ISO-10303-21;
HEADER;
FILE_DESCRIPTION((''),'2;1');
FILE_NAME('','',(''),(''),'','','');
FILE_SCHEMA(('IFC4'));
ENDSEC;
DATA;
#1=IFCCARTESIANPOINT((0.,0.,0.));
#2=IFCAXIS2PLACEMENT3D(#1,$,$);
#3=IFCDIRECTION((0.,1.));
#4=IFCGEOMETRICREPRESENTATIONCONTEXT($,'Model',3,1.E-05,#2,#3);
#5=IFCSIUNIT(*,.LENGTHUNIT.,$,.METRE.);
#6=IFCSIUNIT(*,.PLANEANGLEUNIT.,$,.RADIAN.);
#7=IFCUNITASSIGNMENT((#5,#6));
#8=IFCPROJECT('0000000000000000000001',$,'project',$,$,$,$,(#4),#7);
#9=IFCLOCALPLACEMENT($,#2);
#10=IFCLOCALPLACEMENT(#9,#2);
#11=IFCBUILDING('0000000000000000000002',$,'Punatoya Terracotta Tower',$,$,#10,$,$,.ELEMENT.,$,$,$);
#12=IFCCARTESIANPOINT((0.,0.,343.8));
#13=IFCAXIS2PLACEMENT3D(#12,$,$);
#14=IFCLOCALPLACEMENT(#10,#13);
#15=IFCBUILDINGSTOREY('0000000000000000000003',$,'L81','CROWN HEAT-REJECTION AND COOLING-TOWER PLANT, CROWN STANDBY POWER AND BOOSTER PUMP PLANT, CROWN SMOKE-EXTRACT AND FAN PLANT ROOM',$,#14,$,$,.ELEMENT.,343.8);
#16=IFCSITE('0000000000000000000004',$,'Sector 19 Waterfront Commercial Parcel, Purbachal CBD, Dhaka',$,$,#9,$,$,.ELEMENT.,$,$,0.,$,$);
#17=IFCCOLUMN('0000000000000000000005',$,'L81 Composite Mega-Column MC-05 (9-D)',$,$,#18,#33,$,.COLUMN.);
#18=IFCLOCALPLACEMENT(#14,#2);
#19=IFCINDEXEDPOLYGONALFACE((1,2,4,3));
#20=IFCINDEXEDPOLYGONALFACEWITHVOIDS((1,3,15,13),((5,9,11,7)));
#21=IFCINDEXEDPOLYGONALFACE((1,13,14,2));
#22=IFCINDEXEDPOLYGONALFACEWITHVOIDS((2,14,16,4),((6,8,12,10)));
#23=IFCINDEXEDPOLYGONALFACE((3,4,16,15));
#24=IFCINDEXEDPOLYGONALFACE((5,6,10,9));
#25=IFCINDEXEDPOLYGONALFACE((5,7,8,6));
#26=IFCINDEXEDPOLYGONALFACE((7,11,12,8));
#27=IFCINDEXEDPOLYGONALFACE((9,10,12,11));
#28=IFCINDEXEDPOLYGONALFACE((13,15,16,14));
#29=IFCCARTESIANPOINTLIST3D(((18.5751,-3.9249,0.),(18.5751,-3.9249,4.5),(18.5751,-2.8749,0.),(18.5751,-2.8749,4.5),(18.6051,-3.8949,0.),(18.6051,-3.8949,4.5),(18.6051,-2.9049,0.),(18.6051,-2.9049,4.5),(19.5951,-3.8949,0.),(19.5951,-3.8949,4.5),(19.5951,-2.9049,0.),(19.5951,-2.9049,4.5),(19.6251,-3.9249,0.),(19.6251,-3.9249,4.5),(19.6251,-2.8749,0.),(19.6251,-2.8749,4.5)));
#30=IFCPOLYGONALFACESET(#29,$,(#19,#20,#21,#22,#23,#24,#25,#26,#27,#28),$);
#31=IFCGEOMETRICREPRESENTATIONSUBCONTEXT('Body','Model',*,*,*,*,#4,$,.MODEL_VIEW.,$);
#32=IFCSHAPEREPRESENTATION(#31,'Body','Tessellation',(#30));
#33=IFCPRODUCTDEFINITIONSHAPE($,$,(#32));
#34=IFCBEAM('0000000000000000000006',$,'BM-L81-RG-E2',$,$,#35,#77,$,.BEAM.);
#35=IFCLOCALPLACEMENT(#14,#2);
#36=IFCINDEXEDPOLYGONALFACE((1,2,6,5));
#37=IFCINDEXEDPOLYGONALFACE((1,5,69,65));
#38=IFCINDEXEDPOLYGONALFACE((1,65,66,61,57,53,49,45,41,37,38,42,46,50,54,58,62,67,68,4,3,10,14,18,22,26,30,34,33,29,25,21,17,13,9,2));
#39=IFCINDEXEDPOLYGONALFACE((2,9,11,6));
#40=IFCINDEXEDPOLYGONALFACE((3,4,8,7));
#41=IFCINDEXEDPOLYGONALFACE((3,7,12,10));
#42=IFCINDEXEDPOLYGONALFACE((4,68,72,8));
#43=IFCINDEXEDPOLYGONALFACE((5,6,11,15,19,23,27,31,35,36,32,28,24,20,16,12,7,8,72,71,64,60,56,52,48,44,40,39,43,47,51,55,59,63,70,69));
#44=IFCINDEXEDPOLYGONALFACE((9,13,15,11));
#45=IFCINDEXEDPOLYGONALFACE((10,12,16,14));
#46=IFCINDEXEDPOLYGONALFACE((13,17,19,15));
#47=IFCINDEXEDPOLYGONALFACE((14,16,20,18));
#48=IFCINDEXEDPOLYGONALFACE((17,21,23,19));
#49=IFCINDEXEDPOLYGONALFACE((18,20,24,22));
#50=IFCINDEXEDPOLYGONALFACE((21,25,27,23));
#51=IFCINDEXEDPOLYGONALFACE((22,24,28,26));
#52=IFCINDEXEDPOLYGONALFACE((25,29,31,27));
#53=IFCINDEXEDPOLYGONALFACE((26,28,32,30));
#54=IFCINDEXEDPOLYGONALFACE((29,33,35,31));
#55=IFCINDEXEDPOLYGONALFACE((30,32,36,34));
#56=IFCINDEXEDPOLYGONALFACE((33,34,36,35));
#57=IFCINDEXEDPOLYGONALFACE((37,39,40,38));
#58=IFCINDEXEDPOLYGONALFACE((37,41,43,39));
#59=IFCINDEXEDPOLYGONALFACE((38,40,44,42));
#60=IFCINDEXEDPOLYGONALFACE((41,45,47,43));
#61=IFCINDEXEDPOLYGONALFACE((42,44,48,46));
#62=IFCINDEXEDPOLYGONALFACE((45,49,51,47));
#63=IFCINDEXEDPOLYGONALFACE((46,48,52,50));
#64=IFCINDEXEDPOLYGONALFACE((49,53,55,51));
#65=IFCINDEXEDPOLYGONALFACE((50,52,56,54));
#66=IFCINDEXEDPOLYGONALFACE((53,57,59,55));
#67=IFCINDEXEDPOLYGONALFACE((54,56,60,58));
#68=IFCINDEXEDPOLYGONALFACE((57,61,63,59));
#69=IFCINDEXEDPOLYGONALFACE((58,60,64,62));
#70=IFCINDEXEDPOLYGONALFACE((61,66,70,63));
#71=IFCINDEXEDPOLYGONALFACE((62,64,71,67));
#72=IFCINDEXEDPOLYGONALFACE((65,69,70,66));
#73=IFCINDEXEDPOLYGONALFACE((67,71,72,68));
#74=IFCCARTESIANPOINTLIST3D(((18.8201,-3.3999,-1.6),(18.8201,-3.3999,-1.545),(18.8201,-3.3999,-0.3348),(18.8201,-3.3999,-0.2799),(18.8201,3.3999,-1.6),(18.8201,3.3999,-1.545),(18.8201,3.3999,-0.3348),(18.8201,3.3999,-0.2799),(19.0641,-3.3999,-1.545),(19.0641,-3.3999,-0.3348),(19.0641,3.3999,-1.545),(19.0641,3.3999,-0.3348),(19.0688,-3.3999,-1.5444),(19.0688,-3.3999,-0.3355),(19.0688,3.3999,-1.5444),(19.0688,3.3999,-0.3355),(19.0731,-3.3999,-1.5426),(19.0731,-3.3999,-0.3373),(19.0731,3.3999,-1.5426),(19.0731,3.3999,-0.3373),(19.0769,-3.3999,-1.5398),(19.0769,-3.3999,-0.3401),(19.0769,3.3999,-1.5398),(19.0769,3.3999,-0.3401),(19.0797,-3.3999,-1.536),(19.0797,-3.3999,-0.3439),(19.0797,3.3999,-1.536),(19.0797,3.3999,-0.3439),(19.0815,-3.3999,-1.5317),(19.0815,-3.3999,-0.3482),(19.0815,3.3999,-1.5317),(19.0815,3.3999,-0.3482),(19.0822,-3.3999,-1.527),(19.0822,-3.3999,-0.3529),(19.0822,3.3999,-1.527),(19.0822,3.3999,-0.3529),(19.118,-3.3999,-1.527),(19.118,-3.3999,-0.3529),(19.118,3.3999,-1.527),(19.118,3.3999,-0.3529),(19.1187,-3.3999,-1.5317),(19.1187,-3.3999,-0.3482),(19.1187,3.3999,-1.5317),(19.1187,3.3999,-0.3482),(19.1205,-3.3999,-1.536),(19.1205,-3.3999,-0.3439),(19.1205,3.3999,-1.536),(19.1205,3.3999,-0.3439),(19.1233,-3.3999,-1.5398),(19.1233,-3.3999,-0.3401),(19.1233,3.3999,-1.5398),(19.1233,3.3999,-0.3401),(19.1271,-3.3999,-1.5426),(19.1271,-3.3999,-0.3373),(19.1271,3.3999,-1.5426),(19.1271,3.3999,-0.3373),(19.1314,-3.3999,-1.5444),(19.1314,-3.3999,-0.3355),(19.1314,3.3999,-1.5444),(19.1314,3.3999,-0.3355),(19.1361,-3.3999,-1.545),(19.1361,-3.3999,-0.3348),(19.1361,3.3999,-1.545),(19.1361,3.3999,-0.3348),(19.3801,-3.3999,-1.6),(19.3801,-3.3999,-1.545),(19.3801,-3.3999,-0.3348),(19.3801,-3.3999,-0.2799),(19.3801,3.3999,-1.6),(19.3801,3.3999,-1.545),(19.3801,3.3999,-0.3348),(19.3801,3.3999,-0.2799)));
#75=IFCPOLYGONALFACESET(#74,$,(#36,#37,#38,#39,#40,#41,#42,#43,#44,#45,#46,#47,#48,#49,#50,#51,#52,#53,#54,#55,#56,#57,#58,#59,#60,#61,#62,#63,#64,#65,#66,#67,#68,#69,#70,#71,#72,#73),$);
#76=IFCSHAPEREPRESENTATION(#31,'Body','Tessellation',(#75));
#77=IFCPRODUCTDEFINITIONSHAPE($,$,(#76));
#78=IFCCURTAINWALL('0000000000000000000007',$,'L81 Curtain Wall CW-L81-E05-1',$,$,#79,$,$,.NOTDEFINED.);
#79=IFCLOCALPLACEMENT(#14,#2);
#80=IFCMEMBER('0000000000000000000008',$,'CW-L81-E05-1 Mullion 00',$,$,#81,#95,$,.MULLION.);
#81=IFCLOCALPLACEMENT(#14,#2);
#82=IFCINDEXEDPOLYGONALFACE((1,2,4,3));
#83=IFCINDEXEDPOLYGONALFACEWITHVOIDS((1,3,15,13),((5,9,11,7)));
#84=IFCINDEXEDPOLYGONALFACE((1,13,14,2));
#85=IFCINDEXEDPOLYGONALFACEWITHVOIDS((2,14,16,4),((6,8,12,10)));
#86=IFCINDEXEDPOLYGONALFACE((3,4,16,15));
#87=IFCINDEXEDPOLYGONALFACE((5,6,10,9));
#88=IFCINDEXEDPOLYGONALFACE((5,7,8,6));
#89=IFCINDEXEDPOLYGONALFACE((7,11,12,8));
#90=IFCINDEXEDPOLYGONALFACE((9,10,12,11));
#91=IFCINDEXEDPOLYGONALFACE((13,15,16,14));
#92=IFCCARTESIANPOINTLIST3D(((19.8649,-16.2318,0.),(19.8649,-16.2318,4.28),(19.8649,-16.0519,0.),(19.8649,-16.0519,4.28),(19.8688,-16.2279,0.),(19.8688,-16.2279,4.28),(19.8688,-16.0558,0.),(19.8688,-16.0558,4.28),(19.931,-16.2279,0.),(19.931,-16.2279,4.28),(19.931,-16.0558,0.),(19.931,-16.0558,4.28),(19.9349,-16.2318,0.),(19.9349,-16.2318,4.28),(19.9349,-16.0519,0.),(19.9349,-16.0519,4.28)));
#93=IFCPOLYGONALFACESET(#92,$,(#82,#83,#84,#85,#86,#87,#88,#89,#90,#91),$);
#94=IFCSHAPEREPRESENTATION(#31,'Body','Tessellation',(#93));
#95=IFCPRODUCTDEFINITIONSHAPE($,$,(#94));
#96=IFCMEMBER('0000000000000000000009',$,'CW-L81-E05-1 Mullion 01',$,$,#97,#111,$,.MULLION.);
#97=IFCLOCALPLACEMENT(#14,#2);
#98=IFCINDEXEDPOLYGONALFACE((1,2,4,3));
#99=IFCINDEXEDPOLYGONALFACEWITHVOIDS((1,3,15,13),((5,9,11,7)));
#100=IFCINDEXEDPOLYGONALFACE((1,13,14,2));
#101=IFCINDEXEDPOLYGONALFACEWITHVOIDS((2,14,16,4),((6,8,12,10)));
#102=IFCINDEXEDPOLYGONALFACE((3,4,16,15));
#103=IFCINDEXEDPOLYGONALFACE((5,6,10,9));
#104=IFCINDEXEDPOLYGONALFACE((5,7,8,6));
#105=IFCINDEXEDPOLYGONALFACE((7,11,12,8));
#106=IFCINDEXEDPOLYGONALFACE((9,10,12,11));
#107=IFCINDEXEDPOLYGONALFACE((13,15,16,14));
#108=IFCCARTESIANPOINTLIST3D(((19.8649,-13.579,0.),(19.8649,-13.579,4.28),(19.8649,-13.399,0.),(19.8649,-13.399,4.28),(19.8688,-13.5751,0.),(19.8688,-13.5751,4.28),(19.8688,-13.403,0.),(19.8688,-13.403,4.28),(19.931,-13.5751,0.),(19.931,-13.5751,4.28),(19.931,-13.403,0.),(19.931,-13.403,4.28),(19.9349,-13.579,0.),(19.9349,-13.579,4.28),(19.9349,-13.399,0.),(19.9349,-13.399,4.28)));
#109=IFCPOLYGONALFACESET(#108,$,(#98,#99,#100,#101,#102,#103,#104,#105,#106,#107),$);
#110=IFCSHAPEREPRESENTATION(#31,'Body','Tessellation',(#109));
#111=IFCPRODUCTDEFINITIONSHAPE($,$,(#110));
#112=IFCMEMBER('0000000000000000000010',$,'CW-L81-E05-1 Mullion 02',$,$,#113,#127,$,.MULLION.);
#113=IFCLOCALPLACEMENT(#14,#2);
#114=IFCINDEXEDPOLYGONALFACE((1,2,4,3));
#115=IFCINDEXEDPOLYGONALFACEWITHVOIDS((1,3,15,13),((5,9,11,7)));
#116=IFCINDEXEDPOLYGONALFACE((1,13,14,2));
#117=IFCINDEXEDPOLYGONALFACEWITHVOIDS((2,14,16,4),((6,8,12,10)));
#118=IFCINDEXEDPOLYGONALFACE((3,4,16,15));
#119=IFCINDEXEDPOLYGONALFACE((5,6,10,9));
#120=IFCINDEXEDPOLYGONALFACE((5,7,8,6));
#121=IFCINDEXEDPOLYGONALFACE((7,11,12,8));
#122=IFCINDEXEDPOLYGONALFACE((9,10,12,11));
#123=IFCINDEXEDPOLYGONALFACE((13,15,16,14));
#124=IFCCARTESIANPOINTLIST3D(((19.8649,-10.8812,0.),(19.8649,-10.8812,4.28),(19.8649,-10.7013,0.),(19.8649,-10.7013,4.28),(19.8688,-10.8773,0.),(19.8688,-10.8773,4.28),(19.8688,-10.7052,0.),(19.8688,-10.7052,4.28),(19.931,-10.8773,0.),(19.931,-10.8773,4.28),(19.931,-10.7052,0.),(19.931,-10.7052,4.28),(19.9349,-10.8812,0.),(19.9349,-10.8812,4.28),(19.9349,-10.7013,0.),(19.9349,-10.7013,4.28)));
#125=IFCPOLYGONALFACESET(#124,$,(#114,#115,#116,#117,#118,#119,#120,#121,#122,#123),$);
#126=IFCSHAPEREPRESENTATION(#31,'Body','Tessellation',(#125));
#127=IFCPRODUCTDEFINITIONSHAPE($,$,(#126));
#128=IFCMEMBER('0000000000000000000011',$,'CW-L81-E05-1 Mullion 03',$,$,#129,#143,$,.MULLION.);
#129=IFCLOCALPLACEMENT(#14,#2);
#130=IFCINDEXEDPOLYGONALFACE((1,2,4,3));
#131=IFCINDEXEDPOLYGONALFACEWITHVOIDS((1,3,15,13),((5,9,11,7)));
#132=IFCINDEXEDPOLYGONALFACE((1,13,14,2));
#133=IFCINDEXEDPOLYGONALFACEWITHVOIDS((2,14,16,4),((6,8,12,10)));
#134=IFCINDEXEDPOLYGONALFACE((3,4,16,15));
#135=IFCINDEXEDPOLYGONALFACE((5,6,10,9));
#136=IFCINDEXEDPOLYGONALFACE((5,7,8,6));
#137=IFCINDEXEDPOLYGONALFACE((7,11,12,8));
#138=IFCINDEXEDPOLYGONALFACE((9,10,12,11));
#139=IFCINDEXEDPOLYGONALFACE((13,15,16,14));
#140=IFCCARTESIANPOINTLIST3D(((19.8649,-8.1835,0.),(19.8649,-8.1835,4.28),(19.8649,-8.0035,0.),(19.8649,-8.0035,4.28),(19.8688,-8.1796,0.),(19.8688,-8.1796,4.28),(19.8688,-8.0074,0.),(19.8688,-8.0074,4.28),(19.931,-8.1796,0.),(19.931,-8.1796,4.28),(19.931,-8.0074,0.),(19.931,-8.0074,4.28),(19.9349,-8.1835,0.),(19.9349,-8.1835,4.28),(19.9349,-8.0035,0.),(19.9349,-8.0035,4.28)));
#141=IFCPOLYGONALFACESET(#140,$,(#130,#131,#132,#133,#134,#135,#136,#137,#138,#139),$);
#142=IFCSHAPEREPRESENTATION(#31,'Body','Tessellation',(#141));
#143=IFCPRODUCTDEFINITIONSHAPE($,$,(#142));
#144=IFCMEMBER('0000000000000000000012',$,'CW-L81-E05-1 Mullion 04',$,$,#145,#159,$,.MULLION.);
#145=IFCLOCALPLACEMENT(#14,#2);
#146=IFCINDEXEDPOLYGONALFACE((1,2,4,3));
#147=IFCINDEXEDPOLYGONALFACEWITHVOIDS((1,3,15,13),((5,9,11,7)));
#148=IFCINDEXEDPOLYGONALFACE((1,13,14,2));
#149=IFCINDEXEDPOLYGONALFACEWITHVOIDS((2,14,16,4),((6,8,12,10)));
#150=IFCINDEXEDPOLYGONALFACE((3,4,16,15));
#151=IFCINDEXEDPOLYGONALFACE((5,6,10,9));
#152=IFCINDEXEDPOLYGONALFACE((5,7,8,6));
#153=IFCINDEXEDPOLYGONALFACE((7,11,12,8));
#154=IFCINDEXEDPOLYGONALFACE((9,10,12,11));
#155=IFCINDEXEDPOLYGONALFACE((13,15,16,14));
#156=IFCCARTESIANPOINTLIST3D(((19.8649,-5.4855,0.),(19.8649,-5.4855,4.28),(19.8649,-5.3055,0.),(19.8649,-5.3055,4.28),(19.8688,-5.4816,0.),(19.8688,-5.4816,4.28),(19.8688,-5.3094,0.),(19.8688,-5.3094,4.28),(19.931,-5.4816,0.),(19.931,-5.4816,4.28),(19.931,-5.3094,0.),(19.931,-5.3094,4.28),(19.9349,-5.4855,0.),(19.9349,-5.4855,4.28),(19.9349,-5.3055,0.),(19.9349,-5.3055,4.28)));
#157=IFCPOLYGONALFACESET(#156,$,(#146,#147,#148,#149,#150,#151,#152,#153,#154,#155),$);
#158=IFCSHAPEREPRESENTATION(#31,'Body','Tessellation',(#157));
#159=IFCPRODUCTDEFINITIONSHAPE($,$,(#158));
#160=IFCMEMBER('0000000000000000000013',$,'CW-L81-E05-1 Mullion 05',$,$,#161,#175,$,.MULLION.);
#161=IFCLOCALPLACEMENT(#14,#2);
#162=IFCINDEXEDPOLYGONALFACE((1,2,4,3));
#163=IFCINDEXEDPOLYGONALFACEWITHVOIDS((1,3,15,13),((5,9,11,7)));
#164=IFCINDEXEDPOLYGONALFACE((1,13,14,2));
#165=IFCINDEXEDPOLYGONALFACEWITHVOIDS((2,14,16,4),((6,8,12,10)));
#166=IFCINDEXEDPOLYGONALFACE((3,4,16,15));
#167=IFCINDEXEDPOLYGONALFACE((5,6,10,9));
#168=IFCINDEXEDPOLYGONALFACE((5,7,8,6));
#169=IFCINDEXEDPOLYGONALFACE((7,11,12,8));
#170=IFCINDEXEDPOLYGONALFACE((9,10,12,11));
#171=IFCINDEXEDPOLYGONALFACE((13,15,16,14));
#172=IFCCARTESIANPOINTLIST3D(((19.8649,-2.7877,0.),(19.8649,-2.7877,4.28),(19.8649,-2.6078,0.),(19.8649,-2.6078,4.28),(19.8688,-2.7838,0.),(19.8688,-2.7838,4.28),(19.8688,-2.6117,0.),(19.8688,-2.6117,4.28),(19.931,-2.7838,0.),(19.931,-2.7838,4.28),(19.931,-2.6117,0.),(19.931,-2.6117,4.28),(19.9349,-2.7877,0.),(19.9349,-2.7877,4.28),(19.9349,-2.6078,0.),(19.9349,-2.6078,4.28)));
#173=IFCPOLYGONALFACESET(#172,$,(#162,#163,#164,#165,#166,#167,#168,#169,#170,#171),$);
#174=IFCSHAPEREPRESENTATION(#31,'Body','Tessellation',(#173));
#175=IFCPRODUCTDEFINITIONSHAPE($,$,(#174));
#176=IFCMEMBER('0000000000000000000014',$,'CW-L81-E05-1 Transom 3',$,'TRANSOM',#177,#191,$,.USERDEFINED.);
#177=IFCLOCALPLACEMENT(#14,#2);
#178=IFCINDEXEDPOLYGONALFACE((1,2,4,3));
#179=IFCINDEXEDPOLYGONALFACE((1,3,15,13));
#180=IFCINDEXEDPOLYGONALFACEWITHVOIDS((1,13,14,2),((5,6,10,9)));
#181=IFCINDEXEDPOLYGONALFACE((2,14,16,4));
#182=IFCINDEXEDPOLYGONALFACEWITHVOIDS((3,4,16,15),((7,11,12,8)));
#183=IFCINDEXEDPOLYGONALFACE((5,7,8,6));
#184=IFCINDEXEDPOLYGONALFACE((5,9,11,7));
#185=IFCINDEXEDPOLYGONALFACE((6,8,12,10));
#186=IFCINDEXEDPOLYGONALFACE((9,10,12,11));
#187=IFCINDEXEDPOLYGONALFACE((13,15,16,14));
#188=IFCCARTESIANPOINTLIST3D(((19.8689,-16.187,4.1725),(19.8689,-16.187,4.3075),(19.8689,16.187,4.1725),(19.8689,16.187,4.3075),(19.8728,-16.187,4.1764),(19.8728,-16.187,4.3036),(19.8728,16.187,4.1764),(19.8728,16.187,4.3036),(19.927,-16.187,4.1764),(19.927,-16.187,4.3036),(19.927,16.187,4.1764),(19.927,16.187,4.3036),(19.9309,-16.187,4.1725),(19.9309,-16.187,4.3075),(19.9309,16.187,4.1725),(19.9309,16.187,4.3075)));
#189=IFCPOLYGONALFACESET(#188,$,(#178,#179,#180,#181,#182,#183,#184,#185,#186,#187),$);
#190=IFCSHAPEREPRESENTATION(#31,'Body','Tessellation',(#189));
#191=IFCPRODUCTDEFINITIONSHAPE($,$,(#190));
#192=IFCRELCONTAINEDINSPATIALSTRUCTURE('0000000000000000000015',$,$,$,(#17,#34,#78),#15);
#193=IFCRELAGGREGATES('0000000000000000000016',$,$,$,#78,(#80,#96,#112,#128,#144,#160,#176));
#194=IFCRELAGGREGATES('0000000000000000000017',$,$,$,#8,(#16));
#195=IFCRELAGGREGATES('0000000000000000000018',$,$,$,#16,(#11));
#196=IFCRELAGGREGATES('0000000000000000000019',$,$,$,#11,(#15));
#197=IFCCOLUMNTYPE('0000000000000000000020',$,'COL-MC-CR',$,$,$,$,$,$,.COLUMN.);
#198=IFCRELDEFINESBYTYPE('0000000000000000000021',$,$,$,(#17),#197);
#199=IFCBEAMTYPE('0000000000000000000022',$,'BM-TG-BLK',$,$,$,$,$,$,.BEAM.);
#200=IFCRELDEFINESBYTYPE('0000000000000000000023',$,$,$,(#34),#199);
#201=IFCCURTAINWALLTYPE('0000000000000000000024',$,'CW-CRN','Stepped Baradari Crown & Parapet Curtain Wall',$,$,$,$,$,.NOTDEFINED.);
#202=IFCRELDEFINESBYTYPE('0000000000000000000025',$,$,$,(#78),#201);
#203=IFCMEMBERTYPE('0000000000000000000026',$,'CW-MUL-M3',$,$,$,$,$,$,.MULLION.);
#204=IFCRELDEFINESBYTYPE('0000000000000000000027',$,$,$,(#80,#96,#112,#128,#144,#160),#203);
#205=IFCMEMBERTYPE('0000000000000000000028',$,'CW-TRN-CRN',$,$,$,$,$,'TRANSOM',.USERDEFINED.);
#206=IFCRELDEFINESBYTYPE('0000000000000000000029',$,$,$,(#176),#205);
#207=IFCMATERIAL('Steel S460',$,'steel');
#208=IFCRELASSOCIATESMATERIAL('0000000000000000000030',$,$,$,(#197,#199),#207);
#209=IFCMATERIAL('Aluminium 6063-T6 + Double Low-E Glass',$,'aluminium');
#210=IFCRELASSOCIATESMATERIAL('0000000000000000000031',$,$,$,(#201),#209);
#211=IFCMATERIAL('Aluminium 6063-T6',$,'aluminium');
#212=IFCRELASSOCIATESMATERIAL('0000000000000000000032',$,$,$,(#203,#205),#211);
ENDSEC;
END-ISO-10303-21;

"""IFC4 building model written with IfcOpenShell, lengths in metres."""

from ifc_helpers import new_model, si_unit, direction, frame, origin, origin_2d, place, context, subcontext, project, spatial, hollow_rectangle, i_section, extrude, material, material_profile, profile_set, type_object, element, aggregate, save


model = new_model("IFC4")

# Units and contexts
model_context = context("Model", 3, precision=1e-05, world=origin(), true_north=direction((0.0, 1.0)))
body_context = subcontext(model_context, "Body", "Model", "MODEL_VIEW")
ifc_project = project(units=[si_unit("LENGTHUNIT", "METRE"), si_unit("PLANEANGLEUNIT", "RADIAN")], contexts=[model_context])

# Site, building, storey
site_placement = place(None, origin())
site = spatial("IfcSite", under=ifc_project, at=site_placement, Name="Sector 19 Waterfront Commercial Parcel, Purbachal CBD, Dhaka", CompositionType="ELEMENT", RefElevation=0.0)
building_placement = place(site_placement, origin())
building = spatial("IfcBuilding", under=site, at=building_placement, Name="Punatoya Terracotta Tower", CompositionType="ELEMENT")
storey_placement = place(building_placement, frame((0.0, 0.0, 343.8)))
storey = spatial("IfcBuildingStorey", under=building, at=storey_placement, Name="L81", Description="CROWN HEAT-REJECTION AND COOLING-TOWER PLANT, CROWN STANDBY POWER AND BOOSTER PUMP PLANT, CROWN SMOKE-EXTRACT AND FAN PLANT ROOM", CompositionType="ELEMENT", Elevation=343.8)

# Column
ifc_material_1 = material(Name="Steel S460", Category="steel")
ifc_material_profile_1 = material_profile(ifc_material_1, hollow_rectangle(XDim=1.05, YDim=1.05, WallThickness=0.03, at=origin_2d()))
ifc_profile_set_1 = profile_set([ifc_material_profile_1], Name="Steel S460")
column_type = type_object("IfcColumnType", Name="COL-MC-CR", PredefinedType="COLUMN", material=ifc_profile_set_1)
column_placement = place(storey_placement, frame((19.1001, -3.3999, 0.0), z_axis=(0.0, 0.0, 1.0), x_axis=(1.0, 0.0, 0.0)))
element("IfcColumn", 1, at=column_placement, inside=storey, type_object=column_type, Name="L81 Composite Mega-Column MC-05 (9-D)", PredefinedType="COLUMN", context=body_context, shape_type="SweptSolid", body=[
    extrude(hollow_rectangle(XDim=1.05, YDim=1.05, WallThickness=0.03, at=origin_2d()), origin(), (0.0, 0.0, 1.0), 4.5),
])

# Beam
ifc_material_profile_2 = material_profile(ifc_material_1, i_section(OverallWidth=0.5601, OverallDepth=1.3201, WebThickness=0.0359, FlangeThickness=0.0549, FilletRadius=0.0181, at=origin_2d()))
ifc_profile_set_2 = profile_set([ifc_material_profile_2], Name="Steel S460")
beam_type = type_object("IfcBeamType", Name="BM-TG-BLK", PredefinedType="BEAM", material=ifc_profile_set_2)
beam_placement = place(storey_placement, frame((19.1001, -3.3999, -0.9399), z_axis=(0.0, 1.0, 0.0), x_axis=(-1.0, 0.0, 0.0)))
element("IfcBeam", 2, at=beam_placement, inside=storey, type_object=beam_type, Name="BM-L81-RG-E2", PredefinedType="BEAM", context=body_context, shape_type="SweptSolid", body=[
    extrude(i_section(OverallWidth=0.5601, OverallDepth=1.3201, WebThickness=0.0359, FlangeThickness=0.0549, FilletRadius=0.0181, at=origin_2d()), origin(), (0.0, 0.0, 1.0), 6.7998),
])

# Curtain wall, members
ifc_material_2 = material(Name="Aluminium 6063-T6 + Double Low-E Glass", Category="aluminium")
curtain_wall_type = type_object("IfcCurtainWallType", Name="CW-CRN", Description="Stepped Baradari Crown & Parapet Curtain Wall", PredefinedType="NOTDEFINED", material=ifc_material_2)
curtain_wall_placement = place(storey_placement, origin())
curtain_wall = element("IfcCurtainWall", 3, at=curtain_wall_placement, inside=storey, type_object=curtain_wall_type, Name="L81 Curtain Wall CW-L81-E05-1", PredefinedType="NOTDEFINED")
ifc_material_3 = material(Name="Aluminium 6063-T6", Category="aluminium")
ifc_material_profile_3 = material_profile(ifc_material_3, hollow_rectangle(XDim=0.0701, YDim=0.1799, WallThickness=0.0039, at=origin_2d()))
ifc_profile_set_3 = profile_set([ifc_material_profile_3], Name="Aluminium 6063-T6")
member_type_1 = type_object("IfcMemberType", Name="CW-MUL-M3", PredefinedType="MULLION", material=ifc_profile_set_3)
member_1_placement = place(storey_placement, frame((19.8999, -16.1418, 0.0), z_axis=(0.0, 0.0, 1.0), x_axis=(1.0, 0.0, 0.0)))
member_1 = element("IfcMember", 4, at=member_1_placement, type_object=member_type_1, Name="CW-L81-E05-1 Mullion 00", PredefinedType="MULLION", context=body_context, shape_type="SweptSolid", body=[
    extrude(hollow_rectangle(XDim=0.0701, YDim=0.1799, WallThickness=0.0039, at=origin_2d()), origin(), (0.0, 0.0, 1.0), 4.28),
])
member_2_placement = place(storey_placement, frame((19.8999, -13.489, 0.0), z_axis=(0.0, 0.0, 1.0), x_axis=(1.0, 0.0, 0.0)))
member_2 = element("IfcMember", 5, at=member_2_placement, type_object=member_type_1, Name="CW-L81-E05-1 Mullion 01", PredefinedType="MULLION", context=body_context, shape_type="SweptSolid", body=[
    extrude(hollow_rectangle(XDim=0.0701, YDim=0.1799, WallThickness=0.0039, at=origin_2d()), origin(), (0.0, 0.0, 1.0), 4.28),
])
member_3_placement = place(storey_placement, frame((19.8999, -10.7913, 0.0), z_axis=(0.0, 0.0, 1.0), x_axis=(1.0, 0.0, 0.0)))
member_3 = element("IfcMember", 6, at=member_3_placement, type_object=member_type_1, Name="CW-L81-E05-1 Mullion 02", PredefinedType="MULLION", context=body_context, shape_type="SweptSolid", body=[
    extrude(hollow_rectangle(XDim=0.0701, YDim=0.1799, WallThickness=0.0039, at=origin_2d()), origin(), (0.0, 0.0, 1.0), 4.28),
])
member_4_placement = place(storey_placement, frame((19.8999, -8.0935, 0.0), z_axis=(0.0, 0.0, 1.0), x_axis=(1.0, 0.0, 0.0)))
member_4 = element("IfcMember", 7, at=member_4_placement, type_object=member_type_1, Name="CW-L81-E05-1 Mullion 03", PredefinedType="MULLION", context=body_context, shape_type="SweptSolid", body=[
    extrude(hollow_rectangle(XDim=0.0701, YDim=0.1799, WallThickness=0.0039, at=origin_2d()), origin(), (0.0, 0.0, 1.0), 4.28),
])
member_5_placement = place(storey_placement, frame((19.8999, -5.3955, 0.0), z_axis=(0.0, 0.0, 1.0), x_axis=(1.0, 0.0, 0.0)))
member_5 = element("IfcMember", 8, at=member_5_placement, type_object=member_type_1, Name="CW-L81-E05-1 Mullion 04", PredefinedType="MULLION", context=body_context, shape_type="SweptSolid", body=[
    extrude(hollow_rectangle(XDim=0.0701, YDim=0.1799, WallThickness=0.0039, at=origin_2d()), origin(), (0.0, 0.0, 1.0), 4.28),
])
member_6_placement = place(storey_placement, frame((19.8999, -2.6978, 0.0), z_axis=(0.0, 0.0, 1.0), x_axis=(1.0, 0.0, 0.0)))
member_6 = element("IfcMember", 9, at=member_6_placement, type_object=member_type_1, Name="CW-L81-E05-1 Mullion 05", PredefinedType="MULLION", context=body_context, shape_type="SweptSolid", body=[
    extrude(hollow_rectangle(XDim=0.0701, YDim=0.1799, WallThickness=0.0039, at=origin_2d()), origin(), (0.0, 0.0, 1.0), 4.28),
])
ifc_material_profile_4 = material_profile(ifc_material_3, hollow_rectangle(XDim=0.062, YDim=0.135, WallThickness=0.0039, at=origin_2d()))
ifc_profile_set_4 = profile_set([ifc_material_profile_4], Name="Aluminium 6063-T6")
member_type_2 = type_object("IfcMemberType", Name="CW-TRN-CRN", ElementType="TRANSOM", PredefinedType="USERDEFINED", material=ifc_profile_set_4)
member_7_placement = place(storey_placement, frame((19.8999, -16.187, 4.24), z_axis=(0.0, 1.0, 0.0), x_axis=(-1.0, 0.0, 0.0)))
member_7 = element("IfcMember", 10, at=member_7_placement, type_object=member_type_2, Name="CW-L81-E05-1 Transom 3", ObjectType="TRANSOM", PredefinedType="USERDEFINED", context=body_context, shape_type="SweptSolid", body=[
    extrude(hollow_rectangle(XDim=0.062, YDim=0.135, WallThickness=0.0039, at=origin_2d()), origin(), (0.0, 0.0, 1.0), 32.374),
])
aggregate(curtain_wall, [member_1, member_2, member_3, member_4, member_5, member_6, member_7])

save(model, "model.ifc")
